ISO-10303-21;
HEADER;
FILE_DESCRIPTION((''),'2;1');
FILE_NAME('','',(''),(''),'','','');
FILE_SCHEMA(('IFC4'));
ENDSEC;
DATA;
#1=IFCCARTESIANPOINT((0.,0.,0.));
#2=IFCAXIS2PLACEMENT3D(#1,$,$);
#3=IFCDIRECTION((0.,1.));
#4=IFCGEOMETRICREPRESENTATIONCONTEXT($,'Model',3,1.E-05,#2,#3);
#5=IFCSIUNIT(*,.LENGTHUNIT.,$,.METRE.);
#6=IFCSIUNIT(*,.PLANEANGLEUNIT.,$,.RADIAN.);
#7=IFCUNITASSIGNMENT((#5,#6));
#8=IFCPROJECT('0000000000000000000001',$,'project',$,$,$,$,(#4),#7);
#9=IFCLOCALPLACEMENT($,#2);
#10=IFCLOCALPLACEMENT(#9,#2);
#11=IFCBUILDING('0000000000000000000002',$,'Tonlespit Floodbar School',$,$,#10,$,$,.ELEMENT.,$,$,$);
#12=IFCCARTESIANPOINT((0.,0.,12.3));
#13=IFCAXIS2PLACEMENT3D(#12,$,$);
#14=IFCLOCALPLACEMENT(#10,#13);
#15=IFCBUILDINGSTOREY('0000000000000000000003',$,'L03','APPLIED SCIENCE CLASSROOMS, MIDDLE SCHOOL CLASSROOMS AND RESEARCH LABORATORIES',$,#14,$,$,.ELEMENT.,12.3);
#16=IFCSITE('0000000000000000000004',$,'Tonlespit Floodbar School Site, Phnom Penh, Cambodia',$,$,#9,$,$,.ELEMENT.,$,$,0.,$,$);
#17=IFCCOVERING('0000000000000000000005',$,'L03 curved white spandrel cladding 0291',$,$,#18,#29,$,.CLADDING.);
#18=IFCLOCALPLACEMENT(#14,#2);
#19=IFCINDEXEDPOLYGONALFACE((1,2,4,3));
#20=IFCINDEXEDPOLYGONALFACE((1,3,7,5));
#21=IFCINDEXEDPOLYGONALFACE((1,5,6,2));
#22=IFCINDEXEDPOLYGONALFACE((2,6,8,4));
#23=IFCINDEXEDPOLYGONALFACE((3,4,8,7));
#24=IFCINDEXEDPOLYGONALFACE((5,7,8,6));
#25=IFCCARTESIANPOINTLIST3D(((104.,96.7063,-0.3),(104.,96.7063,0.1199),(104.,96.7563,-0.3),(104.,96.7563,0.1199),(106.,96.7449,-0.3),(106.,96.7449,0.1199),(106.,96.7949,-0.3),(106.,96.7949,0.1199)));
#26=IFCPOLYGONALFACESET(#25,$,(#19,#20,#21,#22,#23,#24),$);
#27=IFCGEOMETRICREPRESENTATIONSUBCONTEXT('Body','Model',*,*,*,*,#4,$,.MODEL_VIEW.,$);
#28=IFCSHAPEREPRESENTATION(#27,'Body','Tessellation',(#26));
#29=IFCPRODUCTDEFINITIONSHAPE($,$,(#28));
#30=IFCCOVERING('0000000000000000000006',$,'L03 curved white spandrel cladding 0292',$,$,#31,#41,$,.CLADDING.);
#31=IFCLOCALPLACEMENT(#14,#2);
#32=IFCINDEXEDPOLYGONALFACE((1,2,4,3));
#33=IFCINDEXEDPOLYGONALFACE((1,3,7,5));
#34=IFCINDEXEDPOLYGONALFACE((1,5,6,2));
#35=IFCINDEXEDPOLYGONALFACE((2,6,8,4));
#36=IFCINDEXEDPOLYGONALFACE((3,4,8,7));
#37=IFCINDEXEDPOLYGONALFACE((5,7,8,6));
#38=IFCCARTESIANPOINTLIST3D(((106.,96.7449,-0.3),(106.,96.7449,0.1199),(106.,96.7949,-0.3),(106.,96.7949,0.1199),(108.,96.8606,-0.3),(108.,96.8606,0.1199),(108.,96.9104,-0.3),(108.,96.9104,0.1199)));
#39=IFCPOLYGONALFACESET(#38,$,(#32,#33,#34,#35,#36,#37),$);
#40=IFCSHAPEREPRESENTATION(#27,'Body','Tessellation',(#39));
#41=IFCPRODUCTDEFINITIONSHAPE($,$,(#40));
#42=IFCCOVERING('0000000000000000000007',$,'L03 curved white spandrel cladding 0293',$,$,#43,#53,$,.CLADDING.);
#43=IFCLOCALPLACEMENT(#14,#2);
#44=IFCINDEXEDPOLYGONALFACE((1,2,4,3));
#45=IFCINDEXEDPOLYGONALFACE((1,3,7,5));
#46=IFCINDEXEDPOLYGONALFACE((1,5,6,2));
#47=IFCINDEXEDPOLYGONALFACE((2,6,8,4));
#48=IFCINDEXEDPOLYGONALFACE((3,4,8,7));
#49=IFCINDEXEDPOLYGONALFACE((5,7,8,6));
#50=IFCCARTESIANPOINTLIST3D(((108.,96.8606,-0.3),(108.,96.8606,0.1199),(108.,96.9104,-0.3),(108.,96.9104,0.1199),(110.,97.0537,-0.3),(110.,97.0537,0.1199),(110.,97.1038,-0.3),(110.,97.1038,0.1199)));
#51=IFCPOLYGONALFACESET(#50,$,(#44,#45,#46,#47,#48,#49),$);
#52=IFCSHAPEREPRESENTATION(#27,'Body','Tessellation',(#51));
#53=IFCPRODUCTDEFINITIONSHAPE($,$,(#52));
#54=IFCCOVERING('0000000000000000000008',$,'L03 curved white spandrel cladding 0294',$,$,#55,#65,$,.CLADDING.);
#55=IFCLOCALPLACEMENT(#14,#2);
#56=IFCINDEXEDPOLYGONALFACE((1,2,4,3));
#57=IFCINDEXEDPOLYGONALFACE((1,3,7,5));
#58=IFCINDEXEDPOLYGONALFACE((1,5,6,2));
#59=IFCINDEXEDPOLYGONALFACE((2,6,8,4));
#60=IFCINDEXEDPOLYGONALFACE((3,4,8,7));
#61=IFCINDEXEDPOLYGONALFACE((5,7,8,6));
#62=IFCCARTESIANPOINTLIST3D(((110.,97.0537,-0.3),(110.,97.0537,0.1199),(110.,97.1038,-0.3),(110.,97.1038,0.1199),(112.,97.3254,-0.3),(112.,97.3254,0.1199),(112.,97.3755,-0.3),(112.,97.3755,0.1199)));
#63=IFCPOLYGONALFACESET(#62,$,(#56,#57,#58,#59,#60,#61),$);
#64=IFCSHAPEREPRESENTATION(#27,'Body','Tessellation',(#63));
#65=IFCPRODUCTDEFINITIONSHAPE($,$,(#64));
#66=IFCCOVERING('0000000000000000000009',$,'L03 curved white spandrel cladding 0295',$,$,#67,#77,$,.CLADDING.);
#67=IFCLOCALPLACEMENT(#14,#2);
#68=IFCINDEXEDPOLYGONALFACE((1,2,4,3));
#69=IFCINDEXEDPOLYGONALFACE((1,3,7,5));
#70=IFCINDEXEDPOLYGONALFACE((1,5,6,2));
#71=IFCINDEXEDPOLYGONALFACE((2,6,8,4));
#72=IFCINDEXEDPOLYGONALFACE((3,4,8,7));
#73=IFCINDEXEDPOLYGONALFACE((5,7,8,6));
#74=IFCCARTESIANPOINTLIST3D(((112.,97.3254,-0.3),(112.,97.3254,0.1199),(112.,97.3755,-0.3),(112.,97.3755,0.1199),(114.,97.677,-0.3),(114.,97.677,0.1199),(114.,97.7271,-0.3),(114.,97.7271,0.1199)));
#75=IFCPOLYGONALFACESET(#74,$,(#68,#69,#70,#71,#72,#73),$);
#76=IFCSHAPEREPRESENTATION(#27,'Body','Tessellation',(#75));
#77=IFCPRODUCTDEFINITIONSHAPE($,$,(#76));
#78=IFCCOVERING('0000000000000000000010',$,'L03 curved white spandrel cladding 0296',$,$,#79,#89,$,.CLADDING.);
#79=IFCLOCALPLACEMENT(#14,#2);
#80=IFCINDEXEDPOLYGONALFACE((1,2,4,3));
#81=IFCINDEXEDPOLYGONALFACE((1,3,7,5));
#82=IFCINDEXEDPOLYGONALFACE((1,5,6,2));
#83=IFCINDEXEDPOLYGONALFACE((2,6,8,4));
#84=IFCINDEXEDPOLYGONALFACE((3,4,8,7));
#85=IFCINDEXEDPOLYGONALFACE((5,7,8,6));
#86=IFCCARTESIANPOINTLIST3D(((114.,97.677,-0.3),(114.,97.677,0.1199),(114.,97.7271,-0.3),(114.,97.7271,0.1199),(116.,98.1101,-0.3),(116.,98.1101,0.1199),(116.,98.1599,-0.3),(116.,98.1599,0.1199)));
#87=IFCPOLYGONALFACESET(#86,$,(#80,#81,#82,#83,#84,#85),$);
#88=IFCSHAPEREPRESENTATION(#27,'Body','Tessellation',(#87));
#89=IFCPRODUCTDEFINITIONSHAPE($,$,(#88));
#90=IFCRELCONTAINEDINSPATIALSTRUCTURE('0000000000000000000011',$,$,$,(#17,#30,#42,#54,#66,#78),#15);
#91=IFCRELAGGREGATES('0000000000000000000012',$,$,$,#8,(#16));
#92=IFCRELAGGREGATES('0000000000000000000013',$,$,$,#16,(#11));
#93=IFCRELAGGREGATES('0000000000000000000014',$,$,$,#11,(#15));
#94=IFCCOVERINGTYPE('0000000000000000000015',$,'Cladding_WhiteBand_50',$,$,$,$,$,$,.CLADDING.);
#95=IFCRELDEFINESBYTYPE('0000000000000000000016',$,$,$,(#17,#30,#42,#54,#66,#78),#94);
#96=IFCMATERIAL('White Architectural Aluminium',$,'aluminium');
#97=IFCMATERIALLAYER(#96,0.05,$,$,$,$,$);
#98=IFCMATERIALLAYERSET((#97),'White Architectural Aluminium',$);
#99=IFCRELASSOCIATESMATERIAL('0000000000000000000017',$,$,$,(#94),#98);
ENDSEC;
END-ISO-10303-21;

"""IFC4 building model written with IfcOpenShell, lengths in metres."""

from ifc_helpers import new_model, si_unit, direction, frame, origin, place, context, subcontext, project, spatial, polyline, outline, extrude, material, layer, layer_set, type_object, element, save


model = new_model("IFC4")

# Units and contexts
model_context = context("Model", 3, precision=1e-05, world=origin(), true_north=direction((0.0, 1.0)))
body_context = subcontext(model_context, "Body", "Model", "MODEL_VIEW")
ifc_project = project(units=[si_unit("LENGTHUNIT", "METRE"), si_unit("PLANEANGLEUNIT", "RADIAN")], contexts=[model_context])

# Site, building, storey
site_placement = place(None, origin())
site = spatial("IfcSite", under=ifc_project, at=site_placement, Name="Tonlespit Floodbar School Site, Phnom Penh, Cambodia", CompositionType="ELEMENT", RefElevation=0.0)
building_placement = place(site_placement, origin())
building = spatial("IfcBuilding", under=site, at=building_placement, Name="Tonlespit Floodbar School", CompositionType="ELEMENT")
storey_placement = place(building_placement, frame((0.0, 0.0, 12.3)))
storey = spatial("IfcBuildingStorey", under=building, at=storey_placement, Name="L03", Description="APPLIED SCIENCE CLASSROOMS, MIDDLE SCHOOL CLASSROOMS AND RESEARCH LABORATORIES", CompositionType="ELEMENT", Elevation=12.3)

# Coverings
ifc_material_1 = material(Name="White Architectural Aluminium", Category="aluminium")
ifc_layer_1 = layer(ifc_material_1, 0.05)
ifc_layer_set_1 = layer_set([ifc_layer_1], Name="White Architectural Aluminium")
covering_type = type_object("IfcCoveringType", Name="Cladding_WhiteBand_50", PredefinedType="CLADDING", material=ifc_layer_set_1)
covering_1_placement = place(storey_placement, frame((0.0, 0.0, -0.3)))
element("IfcCovering", 1, at=covering_1_placement, inside=storey, type_object=covering_type, Name="L03 curved white spandrel cladding 0291", PredefinedType="CLADDING", context=body_context, shape_type="SweptSolid", body=[
    extrude(outline(polyline([(104.0, 96.7563), (106.0, 96.7949), (106.0, 96.7449), (104.0, 96.7063), (104.0, 96.7563)])), origin(), (0.0, 0.0, 1.0), 0.4199),
])
covering_2_placement = place(storey_placement, frame((0.0, 0.0, -0.3)))
element("IfcCovering", 2, at=covering_2_placement, inside=storey, type_object=covering_type, Name="L03 curved white spandrel cladding 0292", PredefinedType="CLADDING", context=body_context, shape_type="SweptSolid", body=[
    extrude(outline(polyline([(106.0, 96.7949), (108.0, 96.9104), (108.0, 96.8606), (106.0, 96.7449), (106.0, 96.7949)])), origin(), (0.0, 0.0, 1.0), 0.4199),
])
covering_3_placement = place(storey_placement, frame((0.0, 0.0, -0.3)))
element("IfcCovering", 3, at=covering_3_placement, inside=storey, type_object=covering_type, Name="L03 curved white spandrel cladding 0293", PredefinedType="CLADDING", context=body_context, shape_type="SweptSolid", body=[
    extrude(outline(polyline([(108.0, 96.9104), (110.0, 97.1038), (110.0, 97.0537), (108.0, 96.8606), (108.0, 96.9104)])), origin(), (0.0, 0.0, 1.0), 0.4199),
])
covering_4_placement = place(storey_placement, frame((0.0, 0.0, -0.3)))
element("IfcCovering", 4, at=covering_4_placement, inside=storey, type_object=covering_type, Name="L03 curved white spandrel cladding 0294", PredefinedType="CLADDING", context=body_context, shape_type="SweptSolid", body=[
    extrude(outline(polyline([(110.0, 97.1038), (112.0, 97.3755), (112.0, 97.3254), (110.0, 97.0537), (110.0, 97.1038)])), origin(), (0.0, 0.0, 1.0), 0.4199),
])
covering_5_placement = place(storey_placement, frame((0.0, 0.0, -0.3)))
element("IfcCovering", 5, at=covering_5_placement, inside=storey, type_object=covering_type, Name="L03 curved white spandrel cladding 0295", PredefinedType="CLADDING", context=body_context, shape_type="SweptSolid", body=[
    extrude(outline(polyline([(112.0, 97.3755), (114.0, 97.7271), (114.0, 97.677), (112.0, 97.3254), (112.0, 97.3755)])), origin(), (0.0, 0.0, 1.0), 0.4199),
])
covering_6_placement = place(storey_placement, frame((0.0, 0.0, -0.3)))
element("IfcCovering", 6, at=covering_6_placement, inside=storey, type_object=covering_type, Name="L03 curved white spandrel cladding 0296", PredefinedType="CLADDING", context=body_context, shape_type="SweptSolid", body=[
    extrude(outline(polyline([(114.0, 97.7271), (116.0, 98.1599), (116.0, 98.1101), (114.0, 97.677), (114.0, 97.7271)])), origin(), (0.0, 0.0, 1.0), 0.4199),
])

save(model, "model.ifc")
